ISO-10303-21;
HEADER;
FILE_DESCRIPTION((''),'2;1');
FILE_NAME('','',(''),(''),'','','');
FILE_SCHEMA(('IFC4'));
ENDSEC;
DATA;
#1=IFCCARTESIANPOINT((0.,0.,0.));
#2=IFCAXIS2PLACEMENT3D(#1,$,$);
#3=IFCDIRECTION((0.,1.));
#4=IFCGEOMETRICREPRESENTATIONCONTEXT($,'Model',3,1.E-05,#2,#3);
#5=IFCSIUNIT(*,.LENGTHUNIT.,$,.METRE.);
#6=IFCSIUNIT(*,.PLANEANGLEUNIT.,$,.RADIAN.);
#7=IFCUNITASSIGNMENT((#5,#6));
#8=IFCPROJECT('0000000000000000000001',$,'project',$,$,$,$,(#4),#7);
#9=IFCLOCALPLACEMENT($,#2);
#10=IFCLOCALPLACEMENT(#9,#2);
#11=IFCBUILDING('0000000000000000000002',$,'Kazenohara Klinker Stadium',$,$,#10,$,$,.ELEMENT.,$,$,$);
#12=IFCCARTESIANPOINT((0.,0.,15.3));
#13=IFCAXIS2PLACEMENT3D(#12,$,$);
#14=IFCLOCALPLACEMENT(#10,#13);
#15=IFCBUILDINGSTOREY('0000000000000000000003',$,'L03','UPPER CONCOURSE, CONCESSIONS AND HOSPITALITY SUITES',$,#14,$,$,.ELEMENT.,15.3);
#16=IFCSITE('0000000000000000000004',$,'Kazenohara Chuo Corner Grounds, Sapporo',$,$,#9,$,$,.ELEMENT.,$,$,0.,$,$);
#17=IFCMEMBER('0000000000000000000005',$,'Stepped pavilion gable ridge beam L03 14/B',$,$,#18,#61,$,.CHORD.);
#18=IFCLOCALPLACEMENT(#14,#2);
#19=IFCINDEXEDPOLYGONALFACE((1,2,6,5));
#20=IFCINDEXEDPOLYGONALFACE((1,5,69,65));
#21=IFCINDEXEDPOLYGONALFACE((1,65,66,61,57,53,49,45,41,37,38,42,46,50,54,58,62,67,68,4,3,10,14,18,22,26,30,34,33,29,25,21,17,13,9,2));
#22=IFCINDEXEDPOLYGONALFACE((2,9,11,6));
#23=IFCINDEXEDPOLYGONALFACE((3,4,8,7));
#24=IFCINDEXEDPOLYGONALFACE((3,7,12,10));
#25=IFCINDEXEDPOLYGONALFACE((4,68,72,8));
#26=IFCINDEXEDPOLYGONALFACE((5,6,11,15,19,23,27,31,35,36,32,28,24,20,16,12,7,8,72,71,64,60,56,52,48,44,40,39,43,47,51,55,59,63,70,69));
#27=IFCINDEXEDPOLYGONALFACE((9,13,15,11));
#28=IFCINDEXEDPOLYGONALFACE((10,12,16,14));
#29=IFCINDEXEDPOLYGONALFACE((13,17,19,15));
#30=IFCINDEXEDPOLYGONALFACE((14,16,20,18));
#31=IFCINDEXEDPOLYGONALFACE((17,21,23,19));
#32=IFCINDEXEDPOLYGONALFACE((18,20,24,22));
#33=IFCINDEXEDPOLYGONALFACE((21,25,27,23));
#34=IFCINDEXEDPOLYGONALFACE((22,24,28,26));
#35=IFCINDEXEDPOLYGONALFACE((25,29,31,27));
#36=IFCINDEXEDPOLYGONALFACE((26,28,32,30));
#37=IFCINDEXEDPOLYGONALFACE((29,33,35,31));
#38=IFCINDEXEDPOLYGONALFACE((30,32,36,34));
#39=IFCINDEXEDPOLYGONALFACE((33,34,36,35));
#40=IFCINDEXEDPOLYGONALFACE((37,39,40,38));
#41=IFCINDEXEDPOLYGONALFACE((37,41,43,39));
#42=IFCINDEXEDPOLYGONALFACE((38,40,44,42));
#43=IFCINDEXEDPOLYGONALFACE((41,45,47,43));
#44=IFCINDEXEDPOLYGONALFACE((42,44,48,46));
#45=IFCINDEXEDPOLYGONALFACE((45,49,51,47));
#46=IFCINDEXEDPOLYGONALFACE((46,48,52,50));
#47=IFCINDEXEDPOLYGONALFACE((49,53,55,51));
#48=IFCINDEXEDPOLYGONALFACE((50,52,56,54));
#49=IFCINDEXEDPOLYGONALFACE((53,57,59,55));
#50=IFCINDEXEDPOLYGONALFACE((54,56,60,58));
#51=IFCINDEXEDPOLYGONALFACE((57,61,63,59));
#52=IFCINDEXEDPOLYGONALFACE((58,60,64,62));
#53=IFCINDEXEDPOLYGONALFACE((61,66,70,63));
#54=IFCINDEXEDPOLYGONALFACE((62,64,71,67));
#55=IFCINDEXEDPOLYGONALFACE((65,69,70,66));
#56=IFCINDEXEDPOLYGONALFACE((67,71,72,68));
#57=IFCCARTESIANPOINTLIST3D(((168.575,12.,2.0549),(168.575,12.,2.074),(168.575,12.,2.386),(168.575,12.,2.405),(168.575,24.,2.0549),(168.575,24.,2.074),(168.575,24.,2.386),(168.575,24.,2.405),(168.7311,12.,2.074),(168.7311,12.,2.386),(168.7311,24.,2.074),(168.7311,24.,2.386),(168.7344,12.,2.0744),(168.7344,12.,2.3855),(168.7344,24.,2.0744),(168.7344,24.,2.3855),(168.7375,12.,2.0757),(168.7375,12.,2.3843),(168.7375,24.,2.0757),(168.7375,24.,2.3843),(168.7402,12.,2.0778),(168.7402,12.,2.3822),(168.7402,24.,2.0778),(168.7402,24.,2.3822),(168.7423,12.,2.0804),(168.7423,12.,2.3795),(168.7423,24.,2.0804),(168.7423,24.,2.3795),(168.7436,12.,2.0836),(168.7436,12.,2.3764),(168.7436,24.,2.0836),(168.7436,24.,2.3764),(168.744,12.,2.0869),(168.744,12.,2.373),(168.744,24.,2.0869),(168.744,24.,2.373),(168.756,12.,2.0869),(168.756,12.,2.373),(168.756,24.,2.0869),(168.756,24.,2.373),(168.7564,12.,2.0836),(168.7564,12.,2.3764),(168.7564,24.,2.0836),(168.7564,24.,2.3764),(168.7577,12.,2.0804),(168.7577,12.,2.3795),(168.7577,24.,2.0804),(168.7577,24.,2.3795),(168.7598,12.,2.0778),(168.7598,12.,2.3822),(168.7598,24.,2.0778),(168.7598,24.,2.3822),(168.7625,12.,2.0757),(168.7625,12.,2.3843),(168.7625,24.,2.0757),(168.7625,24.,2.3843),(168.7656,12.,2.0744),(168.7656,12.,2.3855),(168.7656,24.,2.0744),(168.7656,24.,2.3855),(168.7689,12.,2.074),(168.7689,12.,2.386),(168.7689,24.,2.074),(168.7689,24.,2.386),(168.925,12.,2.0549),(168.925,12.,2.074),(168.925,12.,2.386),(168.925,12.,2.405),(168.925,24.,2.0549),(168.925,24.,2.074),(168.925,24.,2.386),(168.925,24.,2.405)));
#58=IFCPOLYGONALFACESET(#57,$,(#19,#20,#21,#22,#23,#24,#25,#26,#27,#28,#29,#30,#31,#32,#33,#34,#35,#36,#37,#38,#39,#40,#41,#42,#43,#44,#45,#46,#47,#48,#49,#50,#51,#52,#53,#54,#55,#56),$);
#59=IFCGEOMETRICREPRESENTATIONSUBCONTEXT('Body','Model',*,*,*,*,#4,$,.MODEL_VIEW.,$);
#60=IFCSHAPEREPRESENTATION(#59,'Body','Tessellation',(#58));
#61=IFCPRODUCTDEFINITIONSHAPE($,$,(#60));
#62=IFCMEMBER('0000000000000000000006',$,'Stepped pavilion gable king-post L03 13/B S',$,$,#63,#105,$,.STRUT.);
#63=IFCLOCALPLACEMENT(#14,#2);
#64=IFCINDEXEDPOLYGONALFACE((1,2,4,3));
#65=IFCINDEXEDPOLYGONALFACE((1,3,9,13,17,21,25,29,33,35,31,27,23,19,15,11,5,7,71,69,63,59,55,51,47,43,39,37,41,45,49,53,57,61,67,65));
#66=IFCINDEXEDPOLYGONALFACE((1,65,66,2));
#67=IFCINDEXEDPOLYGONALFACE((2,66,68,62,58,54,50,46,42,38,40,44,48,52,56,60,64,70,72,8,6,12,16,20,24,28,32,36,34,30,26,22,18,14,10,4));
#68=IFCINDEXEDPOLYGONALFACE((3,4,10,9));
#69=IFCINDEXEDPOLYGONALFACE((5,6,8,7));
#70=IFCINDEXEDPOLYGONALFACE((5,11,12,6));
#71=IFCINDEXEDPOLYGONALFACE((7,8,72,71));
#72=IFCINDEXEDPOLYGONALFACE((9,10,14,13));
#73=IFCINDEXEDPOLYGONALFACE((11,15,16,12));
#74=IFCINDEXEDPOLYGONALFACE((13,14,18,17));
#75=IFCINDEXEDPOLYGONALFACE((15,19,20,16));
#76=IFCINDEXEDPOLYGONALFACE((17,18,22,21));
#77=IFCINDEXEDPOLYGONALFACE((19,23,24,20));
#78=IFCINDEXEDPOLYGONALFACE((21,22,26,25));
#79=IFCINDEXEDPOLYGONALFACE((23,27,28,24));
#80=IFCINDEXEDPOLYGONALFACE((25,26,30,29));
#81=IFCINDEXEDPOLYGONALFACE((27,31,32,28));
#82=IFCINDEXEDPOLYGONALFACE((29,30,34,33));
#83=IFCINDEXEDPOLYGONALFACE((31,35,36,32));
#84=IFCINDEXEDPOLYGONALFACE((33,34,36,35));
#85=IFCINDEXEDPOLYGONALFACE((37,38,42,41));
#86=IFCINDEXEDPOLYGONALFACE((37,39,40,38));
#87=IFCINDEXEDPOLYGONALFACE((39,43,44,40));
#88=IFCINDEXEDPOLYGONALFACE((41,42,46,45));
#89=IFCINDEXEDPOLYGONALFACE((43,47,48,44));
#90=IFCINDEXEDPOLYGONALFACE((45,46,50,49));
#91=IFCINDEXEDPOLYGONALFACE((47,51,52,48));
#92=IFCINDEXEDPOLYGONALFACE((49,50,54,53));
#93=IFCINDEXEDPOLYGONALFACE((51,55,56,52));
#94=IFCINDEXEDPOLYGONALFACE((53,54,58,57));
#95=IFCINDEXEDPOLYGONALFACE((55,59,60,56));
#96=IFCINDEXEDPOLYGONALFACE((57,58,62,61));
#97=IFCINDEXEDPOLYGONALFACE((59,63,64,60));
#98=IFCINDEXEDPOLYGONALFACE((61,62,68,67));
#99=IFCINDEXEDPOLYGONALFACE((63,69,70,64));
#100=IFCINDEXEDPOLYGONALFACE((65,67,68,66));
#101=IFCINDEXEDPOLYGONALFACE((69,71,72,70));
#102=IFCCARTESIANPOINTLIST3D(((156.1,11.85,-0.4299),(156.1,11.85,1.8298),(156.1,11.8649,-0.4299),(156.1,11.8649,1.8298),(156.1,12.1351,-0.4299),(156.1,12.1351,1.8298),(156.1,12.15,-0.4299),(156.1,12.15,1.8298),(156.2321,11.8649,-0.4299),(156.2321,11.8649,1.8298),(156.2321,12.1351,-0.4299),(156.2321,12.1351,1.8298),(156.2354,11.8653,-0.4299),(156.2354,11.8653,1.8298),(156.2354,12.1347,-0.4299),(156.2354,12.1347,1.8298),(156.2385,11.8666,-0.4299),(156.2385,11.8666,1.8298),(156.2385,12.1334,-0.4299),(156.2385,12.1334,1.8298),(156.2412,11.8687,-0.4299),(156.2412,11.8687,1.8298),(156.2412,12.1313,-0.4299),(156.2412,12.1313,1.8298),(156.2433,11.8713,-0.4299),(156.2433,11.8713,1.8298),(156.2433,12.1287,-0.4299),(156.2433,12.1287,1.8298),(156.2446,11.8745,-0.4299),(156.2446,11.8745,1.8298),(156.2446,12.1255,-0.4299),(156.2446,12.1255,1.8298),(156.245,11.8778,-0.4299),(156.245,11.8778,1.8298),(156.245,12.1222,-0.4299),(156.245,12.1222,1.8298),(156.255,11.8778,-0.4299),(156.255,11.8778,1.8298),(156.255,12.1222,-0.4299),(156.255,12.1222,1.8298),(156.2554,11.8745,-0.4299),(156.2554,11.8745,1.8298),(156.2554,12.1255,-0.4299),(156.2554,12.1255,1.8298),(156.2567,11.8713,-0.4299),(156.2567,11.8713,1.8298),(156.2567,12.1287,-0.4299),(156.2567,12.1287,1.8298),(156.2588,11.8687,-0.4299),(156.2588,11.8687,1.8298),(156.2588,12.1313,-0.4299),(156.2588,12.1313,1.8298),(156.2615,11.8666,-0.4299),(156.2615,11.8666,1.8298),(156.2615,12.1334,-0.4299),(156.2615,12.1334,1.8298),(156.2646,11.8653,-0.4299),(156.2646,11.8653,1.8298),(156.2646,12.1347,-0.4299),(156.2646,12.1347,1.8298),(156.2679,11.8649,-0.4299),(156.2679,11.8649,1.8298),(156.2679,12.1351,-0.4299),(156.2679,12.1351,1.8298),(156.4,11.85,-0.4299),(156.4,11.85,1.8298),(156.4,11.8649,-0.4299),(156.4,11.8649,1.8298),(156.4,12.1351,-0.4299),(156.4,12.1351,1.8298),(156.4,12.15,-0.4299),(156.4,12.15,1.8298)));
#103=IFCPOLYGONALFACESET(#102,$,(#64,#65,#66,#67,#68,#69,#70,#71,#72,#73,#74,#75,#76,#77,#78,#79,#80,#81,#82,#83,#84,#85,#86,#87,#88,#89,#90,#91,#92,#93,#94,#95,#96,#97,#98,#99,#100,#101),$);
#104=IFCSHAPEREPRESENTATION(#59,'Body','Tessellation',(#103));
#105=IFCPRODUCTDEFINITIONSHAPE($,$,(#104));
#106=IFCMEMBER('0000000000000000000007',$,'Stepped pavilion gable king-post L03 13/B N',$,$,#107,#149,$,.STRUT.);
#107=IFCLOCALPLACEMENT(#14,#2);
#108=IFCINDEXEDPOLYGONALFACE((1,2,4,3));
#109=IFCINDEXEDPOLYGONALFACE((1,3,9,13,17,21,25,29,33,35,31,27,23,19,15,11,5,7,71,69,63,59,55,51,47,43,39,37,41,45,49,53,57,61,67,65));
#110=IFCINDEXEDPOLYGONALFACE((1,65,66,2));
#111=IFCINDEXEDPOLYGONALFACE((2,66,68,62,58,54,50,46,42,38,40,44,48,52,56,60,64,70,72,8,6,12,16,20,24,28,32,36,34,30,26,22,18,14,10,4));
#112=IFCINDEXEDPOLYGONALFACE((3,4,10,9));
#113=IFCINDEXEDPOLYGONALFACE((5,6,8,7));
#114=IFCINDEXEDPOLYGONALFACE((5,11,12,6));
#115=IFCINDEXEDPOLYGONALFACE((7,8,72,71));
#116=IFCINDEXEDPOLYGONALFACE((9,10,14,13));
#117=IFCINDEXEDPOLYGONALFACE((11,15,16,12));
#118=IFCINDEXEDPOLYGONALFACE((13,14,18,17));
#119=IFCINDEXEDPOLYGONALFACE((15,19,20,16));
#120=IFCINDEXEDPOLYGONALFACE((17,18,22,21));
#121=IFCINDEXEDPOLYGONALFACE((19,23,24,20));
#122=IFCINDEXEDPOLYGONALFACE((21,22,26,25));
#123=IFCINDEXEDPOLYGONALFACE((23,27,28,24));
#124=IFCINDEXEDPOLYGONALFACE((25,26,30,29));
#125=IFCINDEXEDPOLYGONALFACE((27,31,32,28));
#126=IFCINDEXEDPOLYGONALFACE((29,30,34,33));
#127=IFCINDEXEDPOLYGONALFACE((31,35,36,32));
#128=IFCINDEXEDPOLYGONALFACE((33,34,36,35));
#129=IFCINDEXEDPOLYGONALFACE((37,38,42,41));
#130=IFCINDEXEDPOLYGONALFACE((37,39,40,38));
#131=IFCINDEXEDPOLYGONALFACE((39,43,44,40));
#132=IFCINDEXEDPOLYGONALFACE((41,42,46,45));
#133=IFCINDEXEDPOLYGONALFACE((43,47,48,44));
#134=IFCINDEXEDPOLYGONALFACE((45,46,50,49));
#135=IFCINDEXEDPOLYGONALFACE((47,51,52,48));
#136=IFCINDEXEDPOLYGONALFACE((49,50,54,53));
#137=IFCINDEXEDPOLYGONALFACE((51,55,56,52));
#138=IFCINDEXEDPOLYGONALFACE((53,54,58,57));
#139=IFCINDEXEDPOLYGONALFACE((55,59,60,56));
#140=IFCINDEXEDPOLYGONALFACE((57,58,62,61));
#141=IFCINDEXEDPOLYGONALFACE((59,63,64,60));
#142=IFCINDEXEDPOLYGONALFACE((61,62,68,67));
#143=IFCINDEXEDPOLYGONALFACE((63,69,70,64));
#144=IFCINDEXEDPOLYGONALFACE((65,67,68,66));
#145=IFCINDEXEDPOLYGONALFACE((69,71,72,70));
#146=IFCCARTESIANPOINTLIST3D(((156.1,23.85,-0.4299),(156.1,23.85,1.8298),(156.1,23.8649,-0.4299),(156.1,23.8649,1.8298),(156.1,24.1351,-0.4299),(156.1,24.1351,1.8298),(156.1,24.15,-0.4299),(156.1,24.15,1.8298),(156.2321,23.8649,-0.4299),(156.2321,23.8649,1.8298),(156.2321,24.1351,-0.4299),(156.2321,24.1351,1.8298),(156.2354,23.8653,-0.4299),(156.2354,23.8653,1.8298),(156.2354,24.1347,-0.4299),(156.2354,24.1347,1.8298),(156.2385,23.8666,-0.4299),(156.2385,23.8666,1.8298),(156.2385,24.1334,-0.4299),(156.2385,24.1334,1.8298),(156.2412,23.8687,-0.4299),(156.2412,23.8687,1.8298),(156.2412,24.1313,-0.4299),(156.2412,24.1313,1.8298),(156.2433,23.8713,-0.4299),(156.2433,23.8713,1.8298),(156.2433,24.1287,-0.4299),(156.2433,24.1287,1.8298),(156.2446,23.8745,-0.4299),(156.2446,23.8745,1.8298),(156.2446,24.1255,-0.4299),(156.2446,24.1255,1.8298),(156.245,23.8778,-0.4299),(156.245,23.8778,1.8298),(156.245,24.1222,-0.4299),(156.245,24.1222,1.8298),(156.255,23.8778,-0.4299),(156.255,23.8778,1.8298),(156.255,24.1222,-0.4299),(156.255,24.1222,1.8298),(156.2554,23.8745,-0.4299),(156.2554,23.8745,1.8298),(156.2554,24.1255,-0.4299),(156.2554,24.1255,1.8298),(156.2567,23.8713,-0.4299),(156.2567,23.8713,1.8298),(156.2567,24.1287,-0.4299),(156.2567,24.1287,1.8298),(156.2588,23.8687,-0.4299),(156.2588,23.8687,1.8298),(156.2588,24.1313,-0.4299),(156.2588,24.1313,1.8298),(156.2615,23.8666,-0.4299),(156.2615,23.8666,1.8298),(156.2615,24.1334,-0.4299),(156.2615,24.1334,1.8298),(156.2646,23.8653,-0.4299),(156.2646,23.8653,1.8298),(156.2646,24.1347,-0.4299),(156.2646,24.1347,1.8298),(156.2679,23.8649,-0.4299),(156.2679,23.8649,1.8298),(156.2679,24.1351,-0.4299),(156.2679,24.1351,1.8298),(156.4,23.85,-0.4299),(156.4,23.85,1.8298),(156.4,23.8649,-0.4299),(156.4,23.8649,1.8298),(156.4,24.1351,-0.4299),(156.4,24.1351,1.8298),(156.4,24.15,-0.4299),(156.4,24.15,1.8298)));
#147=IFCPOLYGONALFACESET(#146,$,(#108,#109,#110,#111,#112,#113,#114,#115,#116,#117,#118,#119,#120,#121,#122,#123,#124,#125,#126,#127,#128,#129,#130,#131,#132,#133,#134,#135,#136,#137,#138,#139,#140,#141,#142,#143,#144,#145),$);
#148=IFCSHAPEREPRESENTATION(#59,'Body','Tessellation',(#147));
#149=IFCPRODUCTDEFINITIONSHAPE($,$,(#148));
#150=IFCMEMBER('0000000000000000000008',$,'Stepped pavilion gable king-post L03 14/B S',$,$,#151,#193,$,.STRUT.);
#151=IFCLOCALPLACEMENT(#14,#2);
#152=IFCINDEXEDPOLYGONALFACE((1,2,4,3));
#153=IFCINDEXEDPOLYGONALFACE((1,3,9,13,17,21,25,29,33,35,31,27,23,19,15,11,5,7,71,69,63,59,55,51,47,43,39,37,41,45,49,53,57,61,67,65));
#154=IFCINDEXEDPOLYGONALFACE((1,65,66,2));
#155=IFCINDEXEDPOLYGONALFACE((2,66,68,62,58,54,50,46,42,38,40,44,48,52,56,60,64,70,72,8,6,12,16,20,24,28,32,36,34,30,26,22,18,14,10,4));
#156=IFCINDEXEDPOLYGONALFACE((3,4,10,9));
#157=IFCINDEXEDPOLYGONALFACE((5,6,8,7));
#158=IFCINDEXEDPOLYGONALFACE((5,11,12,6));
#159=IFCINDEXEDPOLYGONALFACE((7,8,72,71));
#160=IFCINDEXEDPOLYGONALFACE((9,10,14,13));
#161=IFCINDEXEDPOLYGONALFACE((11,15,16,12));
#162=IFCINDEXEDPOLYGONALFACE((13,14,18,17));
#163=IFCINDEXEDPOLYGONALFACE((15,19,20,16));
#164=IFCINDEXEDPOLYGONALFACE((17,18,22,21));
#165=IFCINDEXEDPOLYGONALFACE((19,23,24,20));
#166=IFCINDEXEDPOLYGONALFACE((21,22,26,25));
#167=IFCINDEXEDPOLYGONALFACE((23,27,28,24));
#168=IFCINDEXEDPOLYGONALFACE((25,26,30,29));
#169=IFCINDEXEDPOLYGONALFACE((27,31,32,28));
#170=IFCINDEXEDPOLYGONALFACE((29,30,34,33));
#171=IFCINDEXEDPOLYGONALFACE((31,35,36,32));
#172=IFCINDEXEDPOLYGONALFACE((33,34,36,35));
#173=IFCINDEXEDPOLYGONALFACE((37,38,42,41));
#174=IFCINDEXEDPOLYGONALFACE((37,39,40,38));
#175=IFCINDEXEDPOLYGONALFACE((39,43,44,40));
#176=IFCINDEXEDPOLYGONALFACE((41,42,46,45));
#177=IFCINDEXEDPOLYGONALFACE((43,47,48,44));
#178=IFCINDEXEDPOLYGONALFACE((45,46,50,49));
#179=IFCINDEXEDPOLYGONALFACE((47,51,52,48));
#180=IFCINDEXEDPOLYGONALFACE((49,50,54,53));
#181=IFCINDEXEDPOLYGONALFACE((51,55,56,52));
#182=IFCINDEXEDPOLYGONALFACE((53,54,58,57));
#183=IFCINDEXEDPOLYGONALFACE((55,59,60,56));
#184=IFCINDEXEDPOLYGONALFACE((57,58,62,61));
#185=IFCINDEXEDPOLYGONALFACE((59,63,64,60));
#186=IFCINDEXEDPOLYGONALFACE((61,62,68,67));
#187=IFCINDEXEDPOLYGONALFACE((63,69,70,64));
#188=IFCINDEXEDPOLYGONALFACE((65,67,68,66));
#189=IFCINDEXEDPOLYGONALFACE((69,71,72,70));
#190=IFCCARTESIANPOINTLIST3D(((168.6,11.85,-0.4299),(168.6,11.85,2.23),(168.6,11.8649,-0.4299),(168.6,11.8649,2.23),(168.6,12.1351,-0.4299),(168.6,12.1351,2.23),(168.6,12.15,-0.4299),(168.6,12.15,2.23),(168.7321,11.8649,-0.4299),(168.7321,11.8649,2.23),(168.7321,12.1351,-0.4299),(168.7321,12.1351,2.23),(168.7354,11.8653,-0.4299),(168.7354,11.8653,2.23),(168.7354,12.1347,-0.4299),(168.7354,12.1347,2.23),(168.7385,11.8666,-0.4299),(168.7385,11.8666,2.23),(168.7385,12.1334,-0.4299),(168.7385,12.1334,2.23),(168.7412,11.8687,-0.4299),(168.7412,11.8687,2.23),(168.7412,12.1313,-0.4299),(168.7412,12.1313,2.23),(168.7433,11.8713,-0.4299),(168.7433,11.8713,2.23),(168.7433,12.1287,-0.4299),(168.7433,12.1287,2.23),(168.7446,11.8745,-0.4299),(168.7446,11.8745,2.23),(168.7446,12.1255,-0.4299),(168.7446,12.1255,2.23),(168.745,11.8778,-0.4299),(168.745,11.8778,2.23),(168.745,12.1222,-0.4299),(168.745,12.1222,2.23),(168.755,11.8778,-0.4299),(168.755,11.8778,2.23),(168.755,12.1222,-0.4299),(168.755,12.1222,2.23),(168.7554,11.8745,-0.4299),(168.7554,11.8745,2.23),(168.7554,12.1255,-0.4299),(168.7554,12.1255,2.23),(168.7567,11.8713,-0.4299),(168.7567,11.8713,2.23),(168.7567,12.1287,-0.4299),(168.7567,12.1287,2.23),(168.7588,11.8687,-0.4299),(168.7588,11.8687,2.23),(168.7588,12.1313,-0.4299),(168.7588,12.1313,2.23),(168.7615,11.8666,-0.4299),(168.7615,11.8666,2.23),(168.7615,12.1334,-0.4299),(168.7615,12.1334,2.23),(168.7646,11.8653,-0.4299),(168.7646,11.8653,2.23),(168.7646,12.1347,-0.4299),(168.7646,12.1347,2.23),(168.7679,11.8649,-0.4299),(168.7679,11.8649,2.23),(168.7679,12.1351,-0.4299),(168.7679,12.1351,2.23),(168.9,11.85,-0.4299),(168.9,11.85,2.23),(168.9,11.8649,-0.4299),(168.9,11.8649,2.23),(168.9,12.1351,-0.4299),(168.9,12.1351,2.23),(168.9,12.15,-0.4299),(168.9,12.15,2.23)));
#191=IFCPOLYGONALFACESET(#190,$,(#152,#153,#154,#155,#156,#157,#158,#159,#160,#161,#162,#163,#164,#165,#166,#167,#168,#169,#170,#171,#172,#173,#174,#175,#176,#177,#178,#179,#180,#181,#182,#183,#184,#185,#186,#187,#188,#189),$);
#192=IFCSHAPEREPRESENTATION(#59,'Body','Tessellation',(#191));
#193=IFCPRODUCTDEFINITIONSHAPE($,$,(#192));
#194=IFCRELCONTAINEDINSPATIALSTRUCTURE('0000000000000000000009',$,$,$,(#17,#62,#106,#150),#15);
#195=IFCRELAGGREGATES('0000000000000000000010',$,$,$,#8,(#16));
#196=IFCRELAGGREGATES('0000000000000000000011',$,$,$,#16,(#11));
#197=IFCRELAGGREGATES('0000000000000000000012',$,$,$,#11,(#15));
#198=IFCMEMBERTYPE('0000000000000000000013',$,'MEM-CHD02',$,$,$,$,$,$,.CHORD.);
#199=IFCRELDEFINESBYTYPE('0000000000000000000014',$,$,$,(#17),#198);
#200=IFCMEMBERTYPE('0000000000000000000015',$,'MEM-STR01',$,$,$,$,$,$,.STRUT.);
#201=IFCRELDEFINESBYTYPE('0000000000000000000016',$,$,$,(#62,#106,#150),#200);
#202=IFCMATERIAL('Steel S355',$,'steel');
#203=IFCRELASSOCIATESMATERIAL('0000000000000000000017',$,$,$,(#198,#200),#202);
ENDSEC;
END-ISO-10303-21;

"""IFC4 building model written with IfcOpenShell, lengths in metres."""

from ifc_helpers import new_model, si_unit, direction, frame, origin, origin_2d, place, context, subcontext, project, spatial, i_section, extrude, material, material_profile, profile_set, type_object, element, save


model = new_model("IFC4")

# Units and contexts
model_context = context("Model", 3, precision=1e-05, world=origin(), true_north=direction((0.0, 1.0)))
body_context = subcontext(model_context, "Body", "Model", "MODEL_VIEW")
ifc_project = project(units=[si_unit("LENGTHUNIT", "METRE"), si_unit("PLANEANGLEUNIT", "RADIAN")], contexts=[model_context])

# Site, building, storey
site_placement = place(None, origin())
site = spatial("IfcSite", under=ifc_project, at=site_placement, Name="Kazenohara Chuo Corner Grounds, Sapporo", CompositionType="ELEMENT", RefElevation=0.0)
building_placement = place(site_placement, origin())
building = spatial("IfcBuilding", under=site, at=building_placement, Name="Kazenohara Klinker Stadium", CompositionType="ELEMENT")
storey_placement = place(building_placement, frame((0.0, 0.0, 15.3)))
storey = spatial("IfcBuildingStorey", under=building, at=storey_placement, Name="L03", Description="UPPER CONCOURSE, CONCESSIONS AND HOSPITALITY SUITES", CompositionType="ELEMENT", Elevation=15.3)

# Shared definitions
ifc_material_1 = material(Name="Steel S355", Category="steel")

# Members
ifc_material_profile_1 = material_profile(ifc_material_1, i_section(OverallWidth=0.3501, OverallDepth=0.3501, WebThickness=0.012, FlangeThickness=0.019, FilletRadius=0.0129, at=origin_2d()), Name="H-350x350x12x19")
ifc_profile_set_1 = profile_set([ifc_material_profile_1], Name="Steel S355")
member_type_1 = type_object("IfcMemberType", Name="MEM-CHD02", PredefinedType="CHORD", material=ifc_profile_set_1)
for number, where, z_axis, x_axis, name in (
    (1, (168.75, 12.0, 2.23), (0.0, 1.0, 0.0), (-1.0, 0.0, 0.0), "Stepped pavilion gable ridge beam L03 14/B"),
):
    element("IfcMember", number, at=place(storey_placement, frame(where, z_axis=z_axis, x_axis=x_axis)), inside=storey, type_object=member_type_1, Name=name, PredefinedType="CHORD", context=body_context, shape_type="SweptSolid", body=[
        extrude(i_section(OverallWidth=0.3501, OverallDepth=0.3501, WebThickness=0.012, FlangeThickness=0.019, FilletRadius=0.0129, at=origin_2d()), origin(), (0.0, 0.0, 1.0), 12.0),
    ])
ifc_material_profile_2 = material_profile(ifc_material_1, i_section(OverallWidth=0.3, OverallDepth=0.3, WebThickness=0.01, FlangeThickness=0.0149, FilletRadius=0.0129, at=origin_2d()), Name="H-300x300x10x15")
ifc_profile_set_2 = profile_set([ifc_material_profile_2], Name="Steel S355")
member_type_2 = type_object("IfcMemberType", Name="MEM-STR01", PredefinedType="STRUT", material=ifc_profile_set_2)
for number, where, z_axis, x_axis, name in (
    (2, (156.25, 12.0, -0.4299), (0.0, 0.0, 1.0), (1.0, 0.0, 0.0), "Stepped pavilion gable king-post L03 13/B S"),
    (3, (156.25, 24.0, -0.4299), (0.0, 0.0, 1.0), (1.0, 0.0, 0.0), "Stepped pavilion gable king-post L03 13/B N"),
):
    element("IfcMember", number, at=place(storey_placement, frame(where, z_axis=z_axis, x_axis=x_axis)), inside=storey, type_object=member_type_2, Name=name, PredefinedType="STRUT", context=body_context, shape_type="SweptSolid", body=[
        extrude(i_section(OverallWidth=0.3, OverallDepth=0.3, WebThickness=0.01, FlangeThickness=0.0149, FilletRadius=0.0129, at=origin_2d()), origin(), (0.0, 0.0, 1.0), 2.2598),
    ])
member_placement = place(storey_placement, frame((168.75, 12.0, -0.4299), z_axis=(0.0, 0.0, 1.0), x_axis=(1.0, 0.0, 0.0)))
element("IfcMember", 4, at=member_placement, inside=storey, type_object=member_type_2, Name="Stepped pavilion gable king-post L03 14/B S", PredefinedType="STRUT", context=body_context, shape_type="SweptSolid", body=[
    extrude(i_section(OverallWidth=0.3, OverallDepth=0.3, WebThickness=0.01, FlangeThickness=0.0149, FilletRadius=0.0129, at=origin_2d()), origin(), (0.0, 0.0, 1.0), 2.6599),
])

save(model, "model.ifc")
